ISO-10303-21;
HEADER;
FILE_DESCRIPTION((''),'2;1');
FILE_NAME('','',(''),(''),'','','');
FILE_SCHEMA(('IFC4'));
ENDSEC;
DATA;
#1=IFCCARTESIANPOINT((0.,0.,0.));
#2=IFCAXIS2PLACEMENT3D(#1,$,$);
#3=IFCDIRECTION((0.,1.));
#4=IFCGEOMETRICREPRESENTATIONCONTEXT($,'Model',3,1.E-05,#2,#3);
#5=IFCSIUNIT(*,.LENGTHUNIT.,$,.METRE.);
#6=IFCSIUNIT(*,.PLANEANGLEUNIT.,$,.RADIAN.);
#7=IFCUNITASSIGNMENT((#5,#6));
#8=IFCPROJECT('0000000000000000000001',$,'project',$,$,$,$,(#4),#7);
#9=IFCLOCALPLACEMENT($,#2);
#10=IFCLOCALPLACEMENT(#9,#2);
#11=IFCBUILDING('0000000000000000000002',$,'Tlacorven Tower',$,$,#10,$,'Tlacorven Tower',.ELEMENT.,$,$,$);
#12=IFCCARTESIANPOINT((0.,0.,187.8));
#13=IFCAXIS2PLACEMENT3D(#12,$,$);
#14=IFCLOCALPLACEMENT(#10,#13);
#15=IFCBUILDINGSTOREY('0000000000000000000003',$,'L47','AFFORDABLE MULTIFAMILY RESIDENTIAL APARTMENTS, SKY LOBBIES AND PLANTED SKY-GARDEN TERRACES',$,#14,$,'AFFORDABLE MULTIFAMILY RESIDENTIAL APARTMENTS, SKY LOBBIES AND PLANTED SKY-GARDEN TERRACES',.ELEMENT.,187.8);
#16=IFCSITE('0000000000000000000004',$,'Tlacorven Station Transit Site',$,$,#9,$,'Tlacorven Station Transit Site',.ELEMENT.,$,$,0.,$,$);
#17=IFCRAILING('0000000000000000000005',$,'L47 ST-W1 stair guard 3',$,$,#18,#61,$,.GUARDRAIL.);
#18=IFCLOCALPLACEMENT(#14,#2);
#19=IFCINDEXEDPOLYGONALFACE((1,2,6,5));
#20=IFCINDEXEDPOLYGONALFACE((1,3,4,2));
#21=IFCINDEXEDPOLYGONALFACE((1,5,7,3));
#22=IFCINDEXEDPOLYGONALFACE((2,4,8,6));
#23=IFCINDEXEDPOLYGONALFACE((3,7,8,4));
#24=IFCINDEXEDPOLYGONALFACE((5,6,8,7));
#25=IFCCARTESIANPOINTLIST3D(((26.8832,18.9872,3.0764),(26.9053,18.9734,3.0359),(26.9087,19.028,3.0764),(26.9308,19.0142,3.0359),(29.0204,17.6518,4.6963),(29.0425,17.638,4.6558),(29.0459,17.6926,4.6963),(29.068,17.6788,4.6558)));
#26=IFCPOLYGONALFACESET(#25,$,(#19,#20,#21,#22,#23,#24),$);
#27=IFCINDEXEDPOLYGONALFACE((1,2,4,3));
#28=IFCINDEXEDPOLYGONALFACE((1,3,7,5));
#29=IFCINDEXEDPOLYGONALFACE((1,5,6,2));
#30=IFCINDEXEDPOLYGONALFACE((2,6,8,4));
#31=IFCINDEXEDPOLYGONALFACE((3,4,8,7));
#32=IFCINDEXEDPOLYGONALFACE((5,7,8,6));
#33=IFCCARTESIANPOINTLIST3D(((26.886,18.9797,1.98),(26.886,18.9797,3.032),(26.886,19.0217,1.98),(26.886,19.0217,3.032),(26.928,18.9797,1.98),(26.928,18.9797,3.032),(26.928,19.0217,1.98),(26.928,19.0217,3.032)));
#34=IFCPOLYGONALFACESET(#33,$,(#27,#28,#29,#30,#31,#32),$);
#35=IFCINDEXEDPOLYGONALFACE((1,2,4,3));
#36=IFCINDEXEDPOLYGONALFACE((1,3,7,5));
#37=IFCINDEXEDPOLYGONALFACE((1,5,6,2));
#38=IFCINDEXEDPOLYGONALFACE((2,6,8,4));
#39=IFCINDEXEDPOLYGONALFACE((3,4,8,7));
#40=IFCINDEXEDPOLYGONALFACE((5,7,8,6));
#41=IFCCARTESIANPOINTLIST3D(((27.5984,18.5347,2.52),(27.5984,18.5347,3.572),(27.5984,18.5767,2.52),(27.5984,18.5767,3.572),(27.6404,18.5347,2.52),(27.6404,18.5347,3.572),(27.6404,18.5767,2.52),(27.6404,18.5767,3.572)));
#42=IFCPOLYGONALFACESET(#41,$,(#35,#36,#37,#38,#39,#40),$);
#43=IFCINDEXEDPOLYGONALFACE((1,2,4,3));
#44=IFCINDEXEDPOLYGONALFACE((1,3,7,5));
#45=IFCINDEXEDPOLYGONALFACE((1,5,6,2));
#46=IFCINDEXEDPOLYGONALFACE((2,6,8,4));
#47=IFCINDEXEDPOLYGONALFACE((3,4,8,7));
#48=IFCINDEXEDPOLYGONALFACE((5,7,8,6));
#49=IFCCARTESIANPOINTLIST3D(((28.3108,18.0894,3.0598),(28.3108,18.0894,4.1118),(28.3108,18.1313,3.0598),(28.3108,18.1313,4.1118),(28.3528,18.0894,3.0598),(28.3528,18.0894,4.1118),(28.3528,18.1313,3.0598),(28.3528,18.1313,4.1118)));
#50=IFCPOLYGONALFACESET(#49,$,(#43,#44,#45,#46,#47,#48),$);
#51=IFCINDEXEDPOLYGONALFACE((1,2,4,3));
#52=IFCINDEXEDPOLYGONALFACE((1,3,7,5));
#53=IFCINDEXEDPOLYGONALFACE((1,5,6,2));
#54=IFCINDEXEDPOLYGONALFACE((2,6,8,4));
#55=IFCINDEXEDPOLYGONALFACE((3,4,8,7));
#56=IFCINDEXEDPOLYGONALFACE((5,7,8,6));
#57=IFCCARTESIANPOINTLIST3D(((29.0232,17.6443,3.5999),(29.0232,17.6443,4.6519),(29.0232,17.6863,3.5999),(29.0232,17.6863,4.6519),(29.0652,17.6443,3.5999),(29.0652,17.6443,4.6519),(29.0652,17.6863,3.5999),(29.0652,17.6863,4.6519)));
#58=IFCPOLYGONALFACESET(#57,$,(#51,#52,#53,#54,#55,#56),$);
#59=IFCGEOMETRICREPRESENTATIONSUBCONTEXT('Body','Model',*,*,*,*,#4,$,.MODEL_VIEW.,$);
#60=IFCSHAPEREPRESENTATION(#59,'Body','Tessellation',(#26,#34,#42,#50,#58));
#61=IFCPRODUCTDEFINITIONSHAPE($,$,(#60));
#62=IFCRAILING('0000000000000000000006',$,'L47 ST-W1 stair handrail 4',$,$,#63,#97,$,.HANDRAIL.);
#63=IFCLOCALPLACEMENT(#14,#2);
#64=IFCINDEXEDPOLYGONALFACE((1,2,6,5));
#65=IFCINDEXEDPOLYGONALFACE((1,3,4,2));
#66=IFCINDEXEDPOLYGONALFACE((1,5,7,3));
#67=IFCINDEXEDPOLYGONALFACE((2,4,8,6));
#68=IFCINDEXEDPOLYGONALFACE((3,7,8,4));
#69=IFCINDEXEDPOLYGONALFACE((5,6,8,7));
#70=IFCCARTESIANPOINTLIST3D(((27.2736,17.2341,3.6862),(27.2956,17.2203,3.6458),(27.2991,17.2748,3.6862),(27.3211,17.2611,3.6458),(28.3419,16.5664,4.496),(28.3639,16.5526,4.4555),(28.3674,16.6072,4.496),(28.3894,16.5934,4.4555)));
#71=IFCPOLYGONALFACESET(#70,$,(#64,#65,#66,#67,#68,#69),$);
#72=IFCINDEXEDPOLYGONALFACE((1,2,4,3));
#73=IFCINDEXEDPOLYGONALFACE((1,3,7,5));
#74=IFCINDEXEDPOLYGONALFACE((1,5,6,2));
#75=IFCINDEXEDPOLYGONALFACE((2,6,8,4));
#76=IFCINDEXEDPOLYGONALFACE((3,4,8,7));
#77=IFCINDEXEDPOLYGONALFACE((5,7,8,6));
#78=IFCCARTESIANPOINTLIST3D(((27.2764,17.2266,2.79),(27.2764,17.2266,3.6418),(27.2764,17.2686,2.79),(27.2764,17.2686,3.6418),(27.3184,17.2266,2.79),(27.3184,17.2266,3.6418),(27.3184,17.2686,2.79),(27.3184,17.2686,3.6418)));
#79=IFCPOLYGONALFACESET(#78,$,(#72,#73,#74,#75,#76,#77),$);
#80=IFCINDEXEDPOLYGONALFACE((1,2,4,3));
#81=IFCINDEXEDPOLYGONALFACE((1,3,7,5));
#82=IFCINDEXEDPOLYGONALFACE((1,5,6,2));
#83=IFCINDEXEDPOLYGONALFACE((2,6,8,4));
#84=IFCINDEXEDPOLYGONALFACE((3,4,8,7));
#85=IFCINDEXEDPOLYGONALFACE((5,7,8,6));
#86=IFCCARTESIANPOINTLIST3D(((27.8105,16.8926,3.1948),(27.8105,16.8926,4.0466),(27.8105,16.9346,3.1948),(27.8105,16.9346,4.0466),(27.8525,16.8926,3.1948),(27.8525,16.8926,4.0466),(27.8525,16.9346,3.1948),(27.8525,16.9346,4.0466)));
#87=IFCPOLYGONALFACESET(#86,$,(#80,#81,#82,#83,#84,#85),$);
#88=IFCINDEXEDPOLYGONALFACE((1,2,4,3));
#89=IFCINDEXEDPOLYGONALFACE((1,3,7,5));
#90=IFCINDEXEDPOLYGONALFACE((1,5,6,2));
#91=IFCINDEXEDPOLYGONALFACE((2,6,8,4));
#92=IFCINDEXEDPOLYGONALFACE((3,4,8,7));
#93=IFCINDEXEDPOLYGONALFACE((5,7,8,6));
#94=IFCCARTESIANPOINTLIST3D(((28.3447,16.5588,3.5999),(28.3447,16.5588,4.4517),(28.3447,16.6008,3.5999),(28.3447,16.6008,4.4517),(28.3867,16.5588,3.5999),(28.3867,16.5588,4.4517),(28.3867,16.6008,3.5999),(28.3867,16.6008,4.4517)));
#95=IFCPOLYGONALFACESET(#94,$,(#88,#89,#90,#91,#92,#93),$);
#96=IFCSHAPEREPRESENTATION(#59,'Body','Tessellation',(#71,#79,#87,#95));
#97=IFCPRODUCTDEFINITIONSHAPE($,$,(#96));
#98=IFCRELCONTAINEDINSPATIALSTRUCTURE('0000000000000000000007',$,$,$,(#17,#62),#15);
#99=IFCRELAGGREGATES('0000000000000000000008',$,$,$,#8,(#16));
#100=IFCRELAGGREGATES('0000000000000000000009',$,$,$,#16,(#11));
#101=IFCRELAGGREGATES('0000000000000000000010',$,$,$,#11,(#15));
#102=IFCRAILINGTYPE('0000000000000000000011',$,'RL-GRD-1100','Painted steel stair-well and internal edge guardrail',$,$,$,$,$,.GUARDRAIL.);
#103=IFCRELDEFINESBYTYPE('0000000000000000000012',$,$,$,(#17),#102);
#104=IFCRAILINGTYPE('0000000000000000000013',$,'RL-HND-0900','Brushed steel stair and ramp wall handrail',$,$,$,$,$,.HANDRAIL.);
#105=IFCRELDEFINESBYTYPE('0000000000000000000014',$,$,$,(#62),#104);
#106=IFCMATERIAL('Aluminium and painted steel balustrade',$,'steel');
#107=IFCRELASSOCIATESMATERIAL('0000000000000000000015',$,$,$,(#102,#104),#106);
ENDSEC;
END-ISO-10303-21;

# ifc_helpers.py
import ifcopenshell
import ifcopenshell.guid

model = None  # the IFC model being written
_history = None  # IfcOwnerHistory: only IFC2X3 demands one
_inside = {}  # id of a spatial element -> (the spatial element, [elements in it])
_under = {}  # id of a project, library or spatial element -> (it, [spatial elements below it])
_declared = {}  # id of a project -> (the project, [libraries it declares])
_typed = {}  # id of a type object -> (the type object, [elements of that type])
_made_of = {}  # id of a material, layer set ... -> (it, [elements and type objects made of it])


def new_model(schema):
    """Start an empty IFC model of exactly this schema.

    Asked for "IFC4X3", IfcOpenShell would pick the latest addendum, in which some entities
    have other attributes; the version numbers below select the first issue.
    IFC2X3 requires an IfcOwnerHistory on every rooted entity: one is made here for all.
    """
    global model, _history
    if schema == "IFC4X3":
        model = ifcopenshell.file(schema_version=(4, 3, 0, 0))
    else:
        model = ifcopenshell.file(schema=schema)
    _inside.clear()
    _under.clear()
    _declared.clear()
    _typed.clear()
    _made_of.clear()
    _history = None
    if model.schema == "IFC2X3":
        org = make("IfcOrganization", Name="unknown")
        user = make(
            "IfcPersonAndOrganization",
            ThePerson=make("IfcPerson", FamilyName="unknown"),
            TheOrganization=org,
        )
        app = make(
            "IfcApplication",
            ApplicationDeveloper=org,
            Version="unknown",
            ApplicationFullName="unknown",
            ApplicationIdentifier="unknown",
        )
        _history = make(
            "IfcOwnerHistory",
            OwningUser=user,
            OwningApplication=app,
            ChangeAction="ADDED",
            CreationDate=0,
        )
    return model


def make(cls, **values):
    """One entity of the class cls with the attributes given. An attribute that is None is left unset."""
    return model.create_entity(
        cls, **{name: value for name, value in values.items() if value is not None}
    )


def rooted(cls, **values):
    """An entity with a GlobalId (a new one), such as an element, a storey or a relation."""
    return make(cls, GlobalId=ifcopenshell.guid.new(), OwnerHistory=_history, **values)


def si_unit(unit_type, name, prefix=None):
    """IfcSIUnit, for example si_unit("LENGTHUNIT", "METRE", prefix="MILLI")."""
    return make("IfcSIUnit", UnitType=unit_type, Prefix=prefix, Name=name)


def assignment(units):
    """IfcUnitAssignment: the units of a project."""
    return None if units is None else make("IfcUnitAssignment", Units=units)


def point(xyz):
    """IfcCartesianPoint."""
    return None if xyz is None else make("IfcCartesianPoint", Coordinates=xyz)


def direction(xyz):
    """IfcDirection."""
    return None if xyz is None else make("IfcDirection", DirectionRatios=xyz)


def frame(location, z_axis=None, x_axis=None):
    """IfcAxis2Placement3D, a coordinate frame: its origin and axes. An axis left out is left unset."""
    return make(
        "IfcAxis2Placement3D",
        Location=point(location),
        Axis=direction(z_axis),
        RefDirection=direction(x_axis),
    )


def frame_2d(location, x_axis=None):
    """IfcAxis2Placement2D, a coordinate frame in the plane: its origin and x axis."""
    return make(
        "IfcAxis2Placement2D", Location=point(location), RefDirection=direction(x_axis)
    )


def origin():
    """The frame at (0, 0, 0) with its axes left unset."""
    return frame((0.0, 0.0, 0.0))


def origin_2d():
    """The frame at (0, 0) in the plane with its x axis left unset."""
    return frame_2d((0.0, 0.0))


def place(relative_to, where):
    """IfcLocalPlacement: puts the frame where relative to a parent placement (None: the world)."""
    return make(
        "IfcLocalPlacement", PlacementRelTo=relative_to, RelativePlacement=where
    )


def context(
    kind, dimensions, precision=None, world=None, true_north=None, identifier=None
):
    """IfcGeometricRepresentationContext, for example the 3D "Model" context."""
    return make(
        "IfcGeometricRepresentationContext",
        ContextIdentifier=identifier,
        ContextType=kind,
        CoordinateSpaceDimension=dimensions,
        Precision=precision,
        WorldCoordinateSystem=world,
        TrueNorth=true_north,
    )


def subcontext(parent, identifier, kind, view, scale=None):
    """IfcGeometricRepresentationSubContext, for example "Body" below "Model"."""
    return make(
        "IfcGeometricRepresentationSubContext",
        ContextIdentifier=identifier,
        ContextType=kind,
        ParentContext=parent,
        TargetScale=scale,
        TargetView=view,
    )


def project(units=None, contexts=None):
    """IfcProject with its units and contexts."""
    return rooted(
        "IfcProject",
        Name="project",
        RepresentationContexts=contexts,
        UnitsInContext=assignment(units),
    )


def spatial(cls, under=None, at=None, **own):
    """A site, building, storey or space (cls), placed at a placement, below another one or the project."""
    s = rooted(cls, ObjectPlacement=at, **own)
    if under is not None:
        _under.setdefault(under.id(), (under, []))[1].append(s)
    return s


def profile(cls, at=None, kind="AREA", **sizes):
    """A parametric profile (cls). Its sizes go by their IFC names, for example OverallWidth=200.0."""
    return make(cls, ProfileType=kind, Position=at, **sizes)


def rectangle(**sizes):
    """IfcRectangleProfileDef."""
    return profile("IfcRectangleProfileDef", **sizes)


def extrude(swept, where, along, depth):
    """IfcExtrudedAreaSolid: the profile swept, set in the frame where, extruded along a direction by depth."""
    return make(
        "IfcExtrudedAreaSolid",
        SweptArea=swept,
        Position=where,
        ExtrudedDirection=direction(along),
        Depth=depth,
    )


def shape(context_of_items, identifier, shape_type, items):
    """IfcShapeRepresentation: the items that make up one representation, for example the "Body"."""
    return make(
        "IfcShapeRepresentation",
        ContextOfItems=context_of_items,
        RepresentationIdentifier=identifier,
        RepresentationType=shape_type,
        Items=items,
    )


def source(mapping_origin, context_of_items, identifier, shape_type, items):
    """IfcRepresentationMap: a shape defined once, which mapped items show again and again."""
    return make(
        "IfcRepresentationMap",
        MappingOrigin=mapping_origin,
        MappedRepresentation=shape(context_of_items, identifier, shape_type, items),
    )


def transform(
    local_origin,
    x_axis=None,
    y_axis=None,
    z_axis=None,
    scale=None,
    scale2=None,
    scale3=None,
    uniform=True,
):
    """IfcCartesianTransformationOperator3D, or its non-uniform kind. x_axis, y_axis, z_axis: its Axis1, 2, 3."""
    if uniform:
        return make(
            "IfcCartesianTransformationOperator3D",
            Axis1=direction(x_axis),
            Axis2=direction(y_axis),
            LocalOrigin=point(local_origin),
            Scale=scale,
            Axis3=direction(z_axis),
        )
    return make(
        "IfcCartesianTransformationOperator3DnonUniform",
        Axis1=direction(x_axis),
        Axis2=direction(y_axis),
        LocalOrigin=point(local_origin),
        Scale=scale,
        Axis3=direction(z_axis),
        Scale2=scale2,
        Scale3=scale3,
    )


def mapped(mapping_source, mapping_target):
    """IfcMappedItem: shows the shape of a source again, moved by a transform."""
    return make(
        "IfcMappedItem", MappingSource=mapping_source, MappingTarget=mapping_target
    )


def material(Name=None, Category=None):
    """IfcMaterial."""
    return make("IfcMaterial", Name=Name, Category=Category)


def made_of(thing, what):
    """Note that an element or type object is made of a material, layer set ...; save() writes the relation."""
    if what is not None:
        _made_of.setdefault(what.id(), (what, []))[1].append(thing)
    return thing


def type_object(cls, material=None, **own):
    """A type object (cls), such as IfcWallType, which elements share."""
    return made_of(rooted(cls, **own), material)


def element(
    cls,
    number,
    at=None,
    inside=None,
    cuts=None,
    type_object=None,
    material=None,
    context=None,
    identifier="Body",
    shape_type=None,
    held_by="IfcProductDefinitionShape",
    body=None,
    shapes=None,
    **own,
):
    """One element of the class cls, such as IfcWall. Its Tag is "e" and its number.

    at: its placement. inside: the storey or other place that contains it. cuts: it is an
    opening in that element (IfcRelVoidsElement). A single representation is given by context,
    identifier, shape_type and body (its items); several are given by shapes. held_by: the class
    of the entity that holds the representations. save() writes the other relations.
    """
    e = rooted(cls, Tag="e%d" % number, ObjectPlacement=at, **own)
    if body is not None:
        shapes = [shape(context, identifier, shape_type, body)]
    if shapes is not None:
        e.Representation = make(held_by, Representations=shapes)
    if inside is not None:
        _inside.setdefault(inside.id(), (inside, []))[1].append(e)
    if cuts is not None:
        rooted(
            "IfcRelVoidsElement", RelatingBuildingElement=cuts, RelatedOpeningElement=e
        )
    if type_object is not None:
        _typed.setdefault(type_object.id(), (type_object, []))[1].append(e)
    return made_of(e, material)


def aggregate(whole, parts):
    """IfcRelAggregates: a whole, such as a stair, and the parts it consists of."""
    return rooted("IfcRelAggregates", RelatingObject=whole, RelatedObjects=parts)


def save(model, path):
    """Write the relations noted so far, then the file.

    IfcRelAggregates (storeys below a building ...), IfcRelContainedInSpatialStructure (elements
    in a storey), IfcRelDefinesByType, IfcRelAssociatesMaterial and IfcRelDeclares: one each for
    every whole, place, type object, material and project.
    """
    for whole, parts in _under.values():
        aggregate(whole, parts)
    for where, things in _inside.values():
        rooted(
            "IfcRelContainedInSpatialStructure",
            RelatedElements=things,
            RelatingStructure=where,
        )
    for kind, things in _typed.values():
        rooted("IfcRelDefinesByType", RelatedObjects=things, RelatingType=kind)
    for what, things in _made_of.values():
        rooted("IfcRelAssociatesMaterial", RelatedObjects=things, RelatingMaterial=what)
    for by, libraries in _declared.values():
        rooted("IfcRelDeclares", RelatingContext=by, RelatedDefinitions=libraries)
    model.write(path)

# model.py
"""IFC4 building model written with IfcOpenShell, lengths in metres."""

from ifc_helpers import new_model, si_unit, direction, frame, origin, origin_2d, place, context, subcontext, project, spatial, rectangle, extrude, source, transform, mapped, material, type_object, element, save


model = new_model("IFC4")

# Units and contexts
model_context = context("Model", 3, precision=1e-05, world=origin(), true_north=direction((0.0, 1.0)))
body_context = subcontext(model_context, "Body", "Model", "MODEL_VIEW")
ifc_project = project(units=[si_unit("LENGTHUNIT", "METRE"), si_unit("PLANEANGLEUNIT", "RADIAN")], contexts=[model_context])

# Site, building, storey
site_placement = place(None, origin())
site = spatial("IfcSite", under=ifc_project, at=site_placement, Name="Tlacorven Station Transit Site", LongName="Tlacorven Station Transit Site", CompositionType="ELEMENT", RefElevation=0.0)
building_placement = place(site_placement, origin())
building = spatial("IfcBuilding", under=site, at=building_placement, Name="Tlacorven Tower", LongName="Tlacorven Tower", CompositionType="ELEMENT")
storey_placement = place(building_placement, frame((0.0, 0.0, 187.8)))
storey = spatial("IfcBuildingStorey", under=building, at=storey_placement, Name="L47", Description="AFFORDABLE MULTIFAMILY RESIDENTIAL APARTMENTS, SKY LOBBIES AND PLANTED SKY-GARDEN TERRACES", LongName="AFFORDABLE MULTIFAMILY RESIDENTIAL APARTMENTS, SKY LOBBIES AND PLANTED SKY-GARDEN TERRACES", CompositionType="ELEMENT", Elevation=187.8)

# Railings
ifc_material_1 = material(Name="Aluminium and painted steel balustrade", Category="steel")
railing_type_1 = type_object("IfcRailingType", Name="RL-GRD-1100", Description="Painted steel stair-well and internal edge guardrail", PredefinedType="GUARDRAIL", material=ifc_material_1)
railing_type_2 = type_object("IfcRailingType", Name="RL-HND-0900", Description="Brushed steel stair and ramp wall handrail", PredefinedType="HANDRAIL", material=ifc_material_1)
shared_shape_1 = source(origin(), body_context, "Body", "SweptSolid", [
    extrude(rectangle(XDim=0.0481, YDim=0.0481, at=origin_2d()), frame((0.0, 0.0, 1.0762), z_axis=(0.713391, -0.445768, 0.540707), x_axis=(0.529912, 0.848053, 0.0)), (0.0, 0.0, 1.0), 2.9958),
    extrude(rectangle(XDim=0.042, YDim=0.042, at=origin_2d()), origin(), (0.0, 0.0, 1.0), 1.052),
    extrude(rectangle(XDim=0.042, YDim=0.042, at=origin_2d()), frame((0.7124, -0.4451, 0.54)), (0.0, 0.0, 1.0), 1.052),
    extrude(rectangle(XDim=0.042, YDim=0.042, at=origin_2d()), frame((1.4248, -0.8904, 1.0798)), (0.0, 0.0, 1.0), 1.052),
    extrude(rectangle(XDim=0.042, YDim=0.042, at=origin_2d()), frame((2.1372, -1.3354, 1.6199)), (0.0, 0.0, 1.0), 1.052),
])
railing_1_placement = place(storey_placement, frame((26.907, 19.0007, 1.98)))
element("IfcRailing", 1, at=railing_1_placement, inside=storey, type_object=railing_type_1, Name="L47 ST-W1 stair guard 3", PredefinedType="GUARDRAIL", context=body_context, shape_type="MappedRepresentation", body=[
    mapped(shared_shape_1, transform((0.0, 0.0, 0.0), scale=1.0)),
])
shared_shape_2 = source(origin(), body_context, "Body", "SweptSolid", [
    extrude(rectangle(XDim=0.0481, YDim=0.0481, at=origin_2d()), frame((0.0, 0.0, 0.876), z_axis=(0.713343, -0.445839, 0.540712), x_axis=(0.529999, 0.847998, 0.0)), (0.0, 0.0, 1.0), 1.4976),
    extrude(rectangle(XDim=0.042, YDim=0.042, at=origin_2d()), origin(), (0.0, 0.0, 1.0), 0.8518),
    extrude(rectangle(XDim=0.042, YDim=0.042, at=origin_2d()), frame((0.5342, -0.334, 0.4048)), (0.0, 0.0, 1.0), 0.8518),
    extrude(rectangle(XDim=0.042, YDim=0.042, at=origin_2d()), frame((1.0684, -0.6677, 0.8098)), (0.0, 0.0, 1.0), 0.8518),
])
railing_2_placement = place(storey_placement, frame((27.2974, 17.2476, 2.79)))
element("IfcRailing", 2, at=railing_2_placement, inside=storey, type_object=railing_type_2, Name="L47 ST-W1 stair handrail 4", PredefinedType="HANDRAIL", context=body_context, shape_type="MappedRepresentation", body=[
    mapped(shared_shape_2, transform((0.0, 0.0, 0.0), scale=1.0)),
])

save(model, "model.ifc")
